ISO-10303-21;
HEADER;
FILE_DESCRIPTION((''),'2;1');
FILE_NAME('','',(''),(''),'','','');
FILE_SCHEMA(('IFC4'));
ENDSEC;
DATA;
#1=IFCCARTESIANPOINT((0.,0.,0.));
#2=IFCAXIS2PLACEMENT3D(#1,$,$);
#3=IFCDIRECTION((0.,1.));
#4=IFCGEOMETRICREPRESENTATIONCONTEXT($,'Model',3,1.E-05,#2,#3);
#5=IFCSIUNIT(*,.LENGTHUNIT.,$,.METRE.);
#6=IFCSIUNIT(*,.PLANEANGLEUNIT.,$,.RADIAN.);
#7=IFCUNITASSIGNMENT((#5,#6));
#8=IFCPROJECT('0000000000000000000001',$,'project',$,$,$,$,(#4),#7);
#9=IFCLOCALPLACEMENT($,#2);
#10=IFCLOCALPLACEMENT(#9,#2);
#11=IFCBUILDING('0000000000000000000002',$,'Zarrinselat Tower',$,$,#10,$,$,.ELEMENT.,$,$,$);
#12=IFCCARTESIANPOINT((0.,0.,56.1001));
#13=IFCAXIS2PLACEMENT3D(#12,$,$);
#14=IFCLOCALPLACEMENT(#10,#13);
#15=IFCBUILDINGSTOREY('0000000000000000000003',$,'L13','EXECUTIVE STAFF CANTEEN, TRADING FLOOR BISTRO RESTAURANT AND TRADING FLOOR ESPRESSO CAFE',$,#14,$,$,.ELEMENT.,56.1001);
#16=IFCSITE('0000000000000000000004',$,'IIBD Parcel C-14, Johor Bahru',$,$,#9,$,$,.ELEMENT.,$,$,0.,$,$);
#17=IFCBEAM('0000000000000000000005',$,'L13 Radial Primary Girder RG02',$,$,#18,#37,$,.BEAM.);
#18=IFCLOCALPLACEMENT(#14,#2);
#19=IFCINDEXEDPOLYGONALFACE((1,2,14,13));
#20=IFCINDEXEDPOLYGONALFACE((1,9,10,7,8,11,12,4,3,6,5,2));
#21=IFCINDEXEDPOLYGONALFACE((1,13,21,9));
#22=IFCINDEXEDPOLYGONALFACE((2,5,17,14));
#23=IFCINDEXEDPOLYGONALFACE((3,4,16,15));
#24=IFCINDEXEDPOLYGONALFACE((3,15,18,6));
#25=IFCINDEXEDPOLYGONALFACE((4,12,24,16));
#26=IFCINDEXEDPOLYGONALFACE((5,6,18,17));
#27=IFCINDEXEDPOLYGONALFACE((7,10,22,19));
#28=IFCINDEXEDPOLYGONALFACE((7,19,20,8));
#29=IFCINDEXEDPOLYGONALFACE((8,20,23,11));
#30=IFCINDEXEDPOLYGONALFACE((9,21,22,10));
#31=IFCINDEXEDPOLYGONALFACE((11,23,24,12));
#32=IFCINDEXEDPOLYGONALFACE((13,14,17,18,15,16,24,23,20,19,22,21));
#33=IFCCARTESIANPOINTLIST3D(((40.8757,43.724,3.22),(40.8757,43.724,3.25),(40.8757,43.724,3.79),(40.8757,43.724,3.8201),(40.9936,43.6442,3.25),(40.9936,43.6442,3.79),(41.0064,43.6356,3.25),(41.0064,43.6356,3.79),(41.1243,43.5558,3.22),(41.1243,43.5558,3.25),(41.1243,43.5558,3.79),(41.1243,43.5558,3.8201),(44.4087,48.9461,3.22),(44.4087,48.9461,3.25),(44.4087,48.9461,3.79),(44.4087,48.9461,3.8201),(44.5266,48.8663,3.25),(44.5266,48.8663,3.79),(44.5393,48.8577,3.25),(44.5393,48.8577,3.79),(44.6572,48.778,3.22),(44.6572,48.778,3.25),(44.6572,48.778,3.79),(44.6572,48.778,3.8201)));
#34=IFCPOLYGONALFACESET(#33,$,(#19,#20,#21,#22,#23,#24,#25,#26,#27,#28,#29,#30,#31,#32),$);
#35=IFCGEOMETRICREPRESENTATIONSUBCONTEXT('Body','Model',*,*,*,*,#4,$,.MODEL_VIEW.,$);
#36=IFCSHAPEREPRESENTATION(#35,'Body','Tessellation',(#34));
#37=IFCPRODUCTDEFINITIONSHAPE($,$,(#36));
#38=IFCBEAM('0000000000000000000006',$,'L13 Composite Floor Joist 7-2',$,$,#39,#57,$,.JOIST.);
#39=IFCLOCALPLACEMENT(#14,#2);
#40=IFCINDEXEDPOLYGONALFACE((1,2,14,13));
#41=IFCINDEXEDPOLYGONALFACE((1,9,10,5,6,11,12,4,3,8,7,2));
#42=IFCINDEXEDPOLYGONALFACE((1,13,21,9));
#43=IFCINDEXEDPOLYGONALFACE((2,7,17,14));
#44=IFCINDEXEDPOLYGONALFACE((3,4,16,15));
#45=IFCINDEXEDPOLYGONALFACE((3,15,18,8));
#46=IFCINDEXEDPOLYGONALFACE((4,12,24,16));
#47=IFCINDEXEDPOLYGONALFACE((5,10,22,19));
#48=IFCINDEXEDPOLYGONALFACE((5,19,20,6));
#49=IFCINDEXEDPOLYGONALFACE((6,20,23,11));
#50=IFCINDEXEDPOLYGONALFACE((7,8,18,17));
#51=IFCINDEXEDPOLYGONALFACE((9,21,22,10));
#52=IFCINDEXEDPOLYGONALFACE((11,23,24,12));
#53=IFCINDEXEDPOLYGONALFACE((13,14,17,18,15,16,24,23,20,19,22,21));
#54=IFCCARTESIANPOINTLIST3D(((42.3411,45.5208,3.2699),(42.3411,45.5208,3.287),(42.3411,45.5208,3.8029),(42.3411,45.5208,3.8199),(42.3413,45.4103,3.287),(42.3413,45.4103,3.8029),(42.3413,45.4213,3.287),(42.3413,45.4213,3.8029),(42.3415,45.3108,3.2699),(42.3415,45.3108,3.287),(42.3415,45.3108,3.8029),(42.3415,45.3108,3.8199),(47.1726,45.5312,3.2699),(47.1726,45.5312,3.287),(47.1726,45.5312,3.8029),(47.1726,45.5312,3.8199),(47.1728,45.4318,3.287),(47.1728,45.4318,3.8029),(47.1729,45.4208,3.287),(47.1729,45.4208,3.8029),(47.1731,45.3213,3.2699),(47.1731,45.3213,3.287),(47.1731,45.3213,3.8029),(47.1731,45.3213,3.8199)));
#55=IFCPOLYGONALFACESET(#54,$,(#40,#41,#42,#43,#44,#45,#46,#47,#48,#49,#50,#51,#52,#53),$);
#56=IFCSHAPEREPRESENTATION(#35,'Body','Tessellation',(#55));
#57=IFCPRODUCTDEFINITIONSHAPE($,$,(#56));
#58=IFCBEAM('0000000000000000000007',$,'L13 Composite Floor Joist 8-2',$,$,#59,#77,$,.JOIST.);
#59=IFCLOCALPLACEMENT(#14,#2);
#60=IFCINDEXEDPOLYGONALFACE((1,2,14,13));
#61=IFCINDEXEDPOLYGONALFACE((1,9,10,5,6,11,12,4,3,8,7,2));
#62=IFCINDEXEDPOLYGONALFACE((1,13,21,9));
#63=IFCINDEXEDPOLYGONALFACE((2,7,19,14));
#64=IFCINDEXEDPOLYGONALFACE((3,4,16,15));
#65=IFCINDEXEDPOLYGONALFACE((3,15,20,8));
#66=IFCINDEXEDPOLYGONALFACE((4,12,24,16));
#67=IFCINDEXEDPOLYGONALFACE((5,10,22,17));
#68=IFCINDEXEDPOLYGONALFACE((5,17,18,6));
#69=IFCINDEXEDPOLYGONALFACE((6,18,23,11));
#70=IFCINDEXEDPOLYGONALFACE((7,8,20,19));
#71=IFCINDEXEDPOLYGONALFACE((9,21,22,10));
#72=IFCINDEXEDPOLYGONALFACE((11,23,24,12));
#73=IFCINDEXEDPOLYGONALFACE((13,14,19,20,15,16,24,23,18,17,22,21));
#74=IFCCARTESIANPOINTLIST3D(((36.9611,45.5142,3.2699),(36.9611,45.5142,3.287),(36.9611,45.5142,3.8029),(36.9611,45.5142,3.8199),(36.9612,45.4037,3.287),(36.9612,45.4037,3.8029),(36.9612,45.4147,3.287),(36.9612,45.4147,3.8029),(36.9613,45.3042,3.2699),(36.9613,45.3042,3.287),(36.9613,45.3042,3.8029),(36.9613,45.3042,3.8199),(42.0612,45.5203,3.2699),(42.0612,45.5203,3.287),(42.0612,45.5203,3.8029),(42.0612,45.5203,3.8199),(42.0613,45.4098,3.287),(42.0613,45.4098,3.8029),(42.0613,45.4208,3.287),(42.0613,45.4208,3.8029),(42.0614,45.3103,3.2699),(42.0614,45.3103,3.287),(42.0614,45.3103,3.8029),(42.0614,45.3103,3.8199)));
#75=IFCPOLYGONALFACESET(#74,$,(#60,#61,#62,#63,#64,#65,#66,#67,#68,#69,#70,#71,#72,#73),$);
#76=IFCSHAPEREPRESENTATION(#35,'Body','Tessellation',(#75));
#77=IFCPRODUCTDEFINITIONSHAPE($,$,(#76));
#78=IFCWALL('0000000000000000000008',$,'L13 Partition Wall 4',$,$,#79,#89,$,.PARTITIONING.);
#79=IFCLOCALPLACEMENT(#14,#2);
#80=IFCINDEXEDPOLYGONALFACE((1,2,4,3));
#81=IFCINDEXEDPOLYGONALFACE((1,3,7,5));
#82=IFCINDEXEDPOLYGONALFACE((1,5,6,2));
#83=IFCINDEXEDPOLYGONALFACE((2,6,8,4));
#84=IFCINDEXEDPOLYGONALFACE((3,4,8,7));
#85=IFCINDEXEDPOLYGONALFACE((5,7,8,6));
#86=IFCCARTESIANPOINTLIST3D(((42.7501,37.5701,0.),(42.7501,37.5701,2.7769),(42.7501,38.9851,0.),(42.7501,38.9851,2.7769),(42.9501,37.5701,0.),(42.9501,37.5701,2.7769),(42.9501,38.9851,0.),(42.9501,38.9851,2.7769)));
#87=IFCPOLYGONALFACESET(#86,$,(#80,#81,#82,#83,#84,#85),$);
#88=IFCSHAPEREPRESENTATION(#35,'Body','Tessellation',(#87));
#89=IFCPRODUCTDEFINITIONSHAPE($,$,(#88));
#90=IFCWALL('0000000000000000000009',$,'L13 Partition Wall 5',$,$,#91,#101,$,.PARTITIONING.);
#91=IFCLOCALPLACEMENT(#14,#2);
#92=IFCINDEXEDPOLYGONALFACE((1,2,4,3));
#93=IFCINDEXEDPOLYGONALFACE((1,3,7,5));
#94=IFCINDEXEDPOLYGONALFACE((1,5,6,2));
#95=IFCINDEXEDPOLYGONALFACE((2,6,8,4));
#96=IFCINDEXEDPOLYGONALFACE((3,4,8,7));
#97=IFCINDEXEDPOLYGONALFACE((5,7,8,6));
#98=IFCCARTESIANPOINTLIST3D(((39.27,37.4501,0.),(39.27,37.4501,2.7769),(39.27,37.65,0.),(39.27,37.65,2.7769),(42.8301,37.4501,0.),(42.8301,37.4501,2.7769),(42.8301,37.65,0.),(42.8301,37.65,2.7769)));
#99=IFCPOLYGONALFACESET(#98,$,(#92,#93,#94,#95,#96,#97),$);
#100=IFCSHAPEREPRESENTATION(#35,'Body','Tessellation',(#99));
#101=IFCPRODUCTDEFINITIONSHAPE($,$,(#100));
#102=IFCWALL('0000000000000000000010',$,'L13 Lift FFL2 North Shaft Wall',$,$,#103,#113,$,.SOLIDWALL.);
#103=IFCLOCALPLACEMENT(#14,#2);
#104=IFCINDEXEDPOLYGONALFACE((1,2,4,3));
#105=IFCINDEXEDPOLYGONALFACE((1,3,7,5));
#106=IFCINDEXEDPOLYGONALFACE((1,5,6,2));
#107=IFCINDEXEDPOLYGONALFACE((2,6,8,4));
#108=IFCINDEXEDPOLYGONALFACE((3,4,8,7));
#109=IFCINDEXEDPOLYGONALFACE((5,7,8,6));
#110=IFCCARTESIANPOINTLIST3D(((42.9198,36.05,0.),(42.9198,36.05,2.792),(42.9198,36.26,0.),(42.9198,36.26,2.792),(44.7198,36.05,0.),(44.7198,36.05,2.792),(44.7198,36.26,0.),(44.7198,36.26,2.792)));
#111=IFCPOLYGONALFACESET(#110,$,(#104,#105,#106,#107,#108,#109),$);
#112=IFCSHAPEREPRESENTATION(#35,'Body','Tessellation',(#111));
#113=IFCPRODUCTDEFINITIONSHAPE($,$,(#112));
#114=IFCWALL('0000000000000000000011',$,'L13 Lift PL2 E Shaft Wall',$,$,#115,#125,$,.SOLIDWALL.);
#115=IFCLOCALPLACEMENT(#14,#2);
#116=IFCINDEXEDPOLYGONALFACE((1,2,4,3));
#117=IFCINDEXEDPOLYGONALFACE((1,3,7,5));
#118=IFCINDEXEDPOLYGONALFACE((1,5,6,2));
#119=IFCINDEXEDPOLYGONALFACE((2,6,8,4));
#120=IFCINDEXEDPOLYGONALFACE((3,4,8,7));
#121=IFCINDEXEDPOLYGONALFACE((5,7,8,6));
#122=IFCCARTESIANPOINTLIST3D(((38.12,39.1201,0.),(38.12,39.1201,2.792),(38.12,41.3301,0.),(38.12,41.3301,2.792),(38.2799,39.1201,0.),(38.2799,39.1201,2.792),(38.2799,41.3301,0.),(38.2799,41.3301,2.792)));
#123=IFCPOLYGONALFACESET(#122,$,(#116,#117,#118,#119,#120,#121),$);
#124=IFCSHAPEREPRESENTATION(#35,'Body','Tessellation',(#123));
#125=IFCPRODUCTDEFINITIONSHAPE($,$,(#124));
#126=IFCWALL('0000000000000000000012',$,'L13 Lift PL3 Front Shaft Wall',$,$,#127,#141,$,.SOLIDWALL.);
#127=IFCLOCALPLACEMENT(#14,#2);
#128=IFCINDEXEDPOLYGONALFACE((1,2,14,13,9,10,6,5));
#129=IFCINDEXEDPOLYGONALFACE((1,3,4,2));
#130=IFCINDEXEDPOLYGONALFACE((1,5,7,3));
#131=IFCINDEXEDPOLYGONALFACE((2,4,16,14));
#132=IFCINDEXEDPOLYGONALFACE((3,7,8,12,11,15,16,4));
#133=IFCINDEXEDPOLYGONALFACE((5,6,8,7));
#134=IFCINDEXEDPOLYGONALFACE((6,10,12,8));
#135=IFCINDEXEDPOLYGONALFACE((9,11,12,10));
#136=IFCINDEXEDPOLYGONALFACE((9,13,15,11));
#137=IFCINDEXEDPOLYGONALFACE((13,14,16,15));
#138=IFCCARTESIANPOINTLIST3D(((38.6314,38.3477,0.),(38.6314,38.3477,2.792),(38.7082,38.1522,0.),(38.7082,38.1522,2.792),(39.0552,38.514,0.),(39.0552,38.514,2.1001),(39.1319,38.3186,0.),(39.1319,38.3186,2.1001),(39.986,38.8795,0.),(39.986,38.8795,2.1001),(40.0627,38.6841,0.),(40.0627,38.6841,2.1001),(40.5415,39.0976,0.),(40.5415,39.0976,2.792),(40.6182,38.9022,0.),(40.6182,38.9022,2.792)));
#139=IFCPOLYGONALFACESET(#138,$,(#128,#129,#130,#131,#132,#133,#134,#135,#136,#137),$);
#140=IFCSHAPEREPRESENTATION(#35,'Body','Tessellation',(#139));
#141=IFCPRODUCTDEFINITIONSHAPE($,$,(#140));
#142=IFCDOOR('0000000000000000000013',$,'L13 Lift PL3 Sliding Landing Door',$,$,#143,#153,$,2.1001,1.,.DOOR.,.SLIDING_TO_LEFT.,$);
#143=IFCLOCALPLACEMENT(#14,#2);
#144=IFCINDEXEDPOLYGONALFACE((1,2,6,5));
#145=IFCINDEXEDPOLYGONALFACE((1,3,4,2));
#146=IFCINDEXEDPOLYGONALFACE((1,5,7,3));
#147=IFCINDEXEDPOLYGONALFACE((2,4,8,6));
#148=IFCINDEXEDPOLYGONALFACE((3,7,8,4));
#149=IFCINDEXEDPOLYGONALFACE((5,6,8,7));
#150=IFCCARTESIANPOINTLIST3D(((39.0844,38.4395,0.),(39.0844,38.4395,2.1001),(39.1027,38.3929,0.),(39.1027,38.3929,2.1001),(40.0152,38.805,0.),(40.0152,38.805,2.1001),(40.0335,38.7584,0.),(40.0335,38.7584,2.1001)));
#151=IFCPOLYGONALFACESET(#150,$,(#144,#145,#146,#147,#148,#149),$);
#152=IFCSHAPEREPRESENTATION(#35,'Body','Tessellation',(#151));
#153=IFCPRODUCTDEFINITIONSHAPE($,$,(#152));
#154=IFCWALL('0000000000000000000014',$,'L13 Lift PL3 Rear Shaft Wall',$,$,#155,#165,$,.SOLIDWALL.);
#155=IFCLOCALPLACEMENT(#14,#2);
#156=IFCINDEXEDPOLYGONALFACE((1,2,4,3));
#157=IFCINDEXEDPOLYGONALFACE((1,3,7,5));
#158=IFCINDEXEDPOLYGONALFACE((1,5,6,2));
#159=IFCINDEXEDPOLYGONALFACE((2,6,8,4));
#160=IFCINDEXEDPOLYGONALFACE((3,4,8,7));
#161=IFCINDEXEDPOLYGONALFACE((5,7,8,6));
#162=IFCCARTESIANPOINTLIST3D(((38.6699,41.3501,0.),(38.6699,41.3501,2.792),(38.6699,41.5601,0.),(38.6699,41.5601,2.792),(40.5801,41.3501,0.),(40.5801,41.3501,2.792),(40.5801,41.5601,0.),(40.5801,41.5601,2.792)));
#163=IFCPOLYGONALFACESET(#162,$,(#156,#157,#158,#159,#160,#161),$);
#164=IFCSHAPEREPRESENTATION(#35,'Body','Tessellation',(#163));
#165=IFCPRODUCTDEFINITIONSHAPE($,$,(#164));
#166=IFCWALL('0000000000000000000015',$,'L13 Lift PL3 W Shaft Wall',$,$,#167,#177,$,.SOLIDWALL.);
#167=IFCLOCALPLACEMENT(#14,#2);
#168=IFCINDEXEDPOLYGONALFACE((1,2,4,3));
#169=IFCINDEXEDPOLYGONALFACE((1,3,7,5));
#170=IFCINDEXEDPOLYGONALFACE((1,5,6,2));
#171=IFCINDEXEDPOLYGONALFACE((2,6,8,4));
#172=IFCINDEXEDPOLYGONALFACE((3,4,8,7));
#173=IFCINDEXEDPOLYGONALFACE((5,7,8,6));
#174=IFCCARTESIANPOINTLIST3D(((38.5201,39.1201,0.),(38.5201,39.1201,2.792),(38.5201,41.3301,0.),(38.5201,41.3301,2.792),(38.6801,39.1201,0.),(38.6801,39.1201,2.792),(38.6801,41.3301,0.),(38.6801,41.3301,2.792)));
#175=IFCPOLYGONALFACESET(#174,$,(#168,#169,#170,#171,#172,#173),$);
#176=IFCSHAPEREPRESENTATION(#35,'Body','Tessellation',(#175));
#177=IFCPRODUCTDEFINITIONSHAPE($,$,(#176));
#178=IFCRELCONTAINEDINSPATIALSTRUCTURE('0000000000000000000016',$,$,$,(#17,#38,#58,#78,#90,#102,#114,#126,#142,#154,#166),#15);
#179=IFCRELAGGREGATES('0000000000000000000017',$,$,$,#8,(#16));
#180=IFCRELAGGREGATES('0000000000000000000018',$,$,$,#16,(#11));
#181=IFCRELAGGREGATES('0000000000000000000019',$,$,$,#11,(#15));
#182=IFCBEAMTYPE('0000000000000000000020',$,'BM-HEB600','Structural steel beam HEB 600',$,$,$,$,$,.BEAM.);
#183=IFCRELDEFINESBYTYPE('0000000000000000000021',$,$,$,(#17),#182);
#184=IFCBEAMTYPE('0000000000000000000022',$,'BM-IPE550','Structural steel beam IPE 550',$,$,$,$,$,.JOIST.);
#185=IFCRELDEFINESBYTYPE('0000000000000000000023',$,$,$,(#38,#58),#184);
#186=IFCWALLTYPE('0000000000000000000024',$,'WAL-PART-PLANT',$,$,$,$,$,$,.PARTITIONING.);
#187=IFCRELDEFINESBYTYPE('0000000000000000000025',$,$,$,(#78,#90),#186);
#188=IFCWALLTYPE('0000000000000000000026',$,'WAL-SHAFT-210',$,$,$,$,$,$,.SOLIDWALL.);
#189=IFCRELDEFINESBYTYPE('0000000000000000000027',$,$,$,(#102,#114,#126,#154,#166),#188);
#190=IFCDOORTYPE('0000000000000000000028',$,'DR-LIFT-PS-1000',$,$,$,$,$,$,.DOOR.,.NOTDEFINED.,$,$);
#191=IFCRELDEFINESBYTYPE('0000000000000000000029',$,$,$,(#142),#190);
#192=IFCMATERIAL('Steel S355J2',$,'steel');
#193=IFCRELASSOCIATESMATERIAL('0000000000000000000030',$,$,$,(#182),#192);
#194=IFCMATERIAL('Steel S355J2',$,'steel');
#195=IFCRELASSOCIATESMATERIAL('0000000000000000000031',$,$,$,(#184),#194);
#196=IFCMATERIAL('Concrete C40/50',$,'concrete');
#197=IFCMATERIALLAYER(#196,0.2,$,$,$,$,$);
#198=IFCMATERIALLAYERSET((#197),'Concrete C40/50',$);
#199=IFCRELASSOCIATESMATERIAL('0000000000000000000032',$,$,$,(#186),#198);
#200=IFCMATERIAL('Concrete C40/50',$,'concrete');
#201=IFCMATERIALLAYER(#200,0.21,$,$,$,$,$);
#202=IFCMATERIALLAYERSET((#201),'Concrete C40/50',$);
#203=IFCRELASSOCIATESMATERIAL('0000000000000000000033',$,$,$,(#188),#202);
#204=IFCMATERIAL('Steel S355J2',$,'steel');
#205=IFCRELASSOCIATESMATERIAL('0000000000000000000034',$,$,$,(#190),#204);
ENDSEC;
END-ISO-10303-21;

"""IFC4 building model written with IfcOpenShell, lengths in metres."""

from ifc_helpers import new_model, si_unit, direction, frame, frame_2d, origin, origin_2d, place, context, subcontext, project, spatial, rectangle, i_section, extrude, material, layer, layer_set, material_profile, profile_set, type_object, element, fill, save


model = new_model("IFC4")

# Units and contexts
model_context = context("Model", 3, precision=1e-05, world=origin(), true_north=direction((0.0, 1.0)))
body_context = subcontext(model_context, "Body", "Model", "MODEL_VIEW")
ifc_project = project(units=[si_unit("LENGTHUNIT", "METRE"), si_unit("PLANEANGLEUNIT", "RADIAN")], contexts=[model_context])

# Site, building, storey
site_placement = place(None, origin())
site = spatial("IfcSite", under=ifc_project, at=site_placement, Name="IIBD Parcel C-14, Johor Bahru", CompositionType="ELEMENT", RefElevation=0.0)
building_placement = place(site_placement, origin())
building = spatial("IfcBuilding", under=site, at=building_placement, Name="Zarrinselat Tower", CompositionType="ELEMENT")
storey_placement = place(building_placement, frame((0.0, 0.0, 56.1001)))
storey = spatial("IfcBuildingStorey", under=building, at=storey_placement, Name="L13", Description="EXECUTIVE STAFF CANTEEN, TRADING FLOOR BISTRO RESTAURANT AND TRADING FLOOR ESPRESSO CAFE", CompositionType="ELEMENT", Elevation=56.1001)

# Beams
ifc_material_1 = material(Name="Steel S355J2", Category="steel")
ifc_material_profile_1 = material_profile(ifc_material_1, i_section(OverallWidth=0.3, OverallDepth=0.6001, WebThickness=0.0154, FlangeThickness=0.03, at=origin_2d()), Name="HEB 600")
ifc_profile_set_1 = profile_set([ifc_material_profile_1], Name="Steel S355J2")
beam_type_1 = type_object("IfcBeamType", Name="BM-HEB600", Description="Structural steel beam HEB 600", PredefinedType="BEAM", material=ifc_profile_set_1)
beam_1_placement = place(storey_placement, frame((41.0, 43.6399, 3.52), z_axis=(0.560344, 0.82826, 0.0), x_axis=(-0.82826, 0.560344, 0.0)))
element("IfcBeam", 1, at=beam_1_placement, inside=storey, type_object=beam_type_1, Name="L13 Radial Primary Girder RG02", PredefinedType="BEAM", context=body_context, shape_type="SweptSolid", body=[
    extrude(i_section(OverallWidth=0.3, OverallDepth=0.6001, WebThickness=0.0154, FlangeThickness=0.03, at=origin_2d()), origin(), (0.0, 0.0, 1.0), 6.3049),
])
ifc_material_2 = material(Name="Steel S355J2", Category="steel")
ifc_material_profile_2 = material_profile(ifc_material_2, i_section(OverallWidth=0.21, OverallDepth=0.55, WebThickness=0.011, FlangeThickness=0.0171, at=origin_2d()), Name="IPE 550")
ifc_profile_set_2 = profile_set([ifc_material_profile_2], Name="Steel S355J2")
beam_type_2 = type_object("IfcBeamType", Name="BM-IPE550", Description="Structural steel beam IPE 550", PredefinedType="JOIST", material=ifc_profile_set_2)
beam_2_placement = place(storey_placement, frame((42.3413, 45.4158, 3.5449), z_axis=(0.999998, 0.002173, 0.0), x_axis=(-0.002173, 0.999998, 0.0)))
element("IfcBeam", 2, at=beam_2_placement, inside=storey, type_object=beam_type_2, Name="L13 Composite Floor Joist 7-2", PredefinedType="JOIST", context=body_context, shape_type="SweptSolid", body=[
    extrude(i_section(OverallWidth=0.21, OverallDepth=0.55, WebThickness=0.011, FlangeThickness=0.0171, at=origin_2d()), origin(), (0.0, 0.0, 1.0), 4.8315),
])
beam_3_placement = place(storey_placement, frame((36.9612, 45.4092, 3.5449), z_axis=(0.999999, 0.001197, 0.0), x_axis=(-0.001197, 0.999999, 0.0)))
element("IfcBeam", 3, at=beam_3_placement, inside=storey, type_object=beam_type_2, Name="L13 Composite Floor Joist 8-2", PredefinedType="JOIST", context=body_context, shape_type="SweptSolid", body=[
    extrude(i_section(OverallWidth=0.21, OverallDepth=0.55, WebThickness=0.011, FlangeThickness=0.0171, at=origin_2d()), origin(), (0.0, 0.0, 1.0), 5.1001),
])

# Walls
ifc_material_3 = material(Name="Concrete C40/50", Category="concrete")
ifc_layer_1 = layer(ifc_material_3, 0.2)
ifc_layer_set_1 = layer_set([ifc_layer_1], Name="Concrete C40/50")
wall_type_1 = type_object("IfcWallType", Name="WAL-PART-PLANT", PredefinedType="PARTITIONING", material=ifc_layer_set_1)
wall_1_placement = place(storey_placement, frame((42.8501, 37.5701, 0.0), z_axis=(0.0, 0.0, 1.0), x_axis=(0.0, 1.0, 0.0)))
element("IfcWall", 4, at=wall_1_placement, inside=storey, type_object=wall_type_1, Name="L13 Partition Wall 4", PredefinedType="PARTITIONING", context=body_context, shape_type="SweptSolid", body=[
    extrude(rectangle(XDim=1.415, YDim=0.2, at=frame_2d((0.7075, 0.0))), origin(), (0.0, 0.0, 1.0), 2.7769),
])
wall_2_placement = place(storey_placement, frame((39.27, 37.55, 0.0), z_axis=(0.0, 0.0, 1.0), x_axis=(1.0, 0.0, 0.0)))
element("IfcWall", 5, at=wall_2_placement, inside=storey, type_object=wall_type_1, Name="L13 Partition Wall 5", PredefinedType="PARTITIONING", context=body_context, shape_type="SweptSolid", body=[
    extrude(rectangle(XDim=3.5601, YDim=0.2, at=frame_2d((1.78, 0.0))), origin(), (0.0, 0.0, 1.0), 2.7769),
])
ifc_material_4 = material(Name="Concrete C40/50", Category="concrete")
ifc_layer_2 = layer(ifc_material_4, 0.21)
ifc_layer_set_2 = layer_set([ifc_layer_2], Name="Concrete C40/50")
wall_type_2 = type_object("IfcWallType", Name="WAL-SHAFT-210", PredefinedType="SOLIDWALL", material=ifc_layer_set_2)
wall_3_placement = place(storey_placement, frame((42.9199, 36.155, 0.0), z_axis=(0.0, 0.0, 1.0), x_axis=(1.0, 0.0, 0.0)))
element("IfcWall", 6, at=wall_3_placement, inside=storey, type_object=wall_type_2, Name="L13 Lift FFL2 North Shaft Wall", PredefinedType="SOLIDWALL", context=body_context, shape_type="SweptSolid", body=[
    extrude(rectangle(XDim=1.8, YDim=0.21, at=frame_2d((0.8999, 0.0))), origin(), (0.0, 0.0, 1.0), 2.792),
])
wall_4_placement = place(storey_placement, frame((38.2, 39.1201, 0.0), z_axis=(0.0, 0.0, 1.0), x_axis=(0.0, 1.0, 0.0)))
element("IfcWall", 7, at=wall_4_placement, inside=storey, type_object=wall_type_2, Name="L13 Lift PL2 E Shaft Wall", PredefinedType="SOLIDWALL", context=body_context, shape_type="SweptSolid", body=[
    extrude(rectangle(XDim=2.21, YDim=0.1599, at=frame_2d((1.105, 0.0))), origin(), (0.0, 0.0, 1.0), 2.792),
])

# Wall, opening, door
wall_5_placement = place(storey_placement, frame((38.6699, 38.25, 0.0), z_axis=(0.0, 0.0, 1.0), x_axis=(0.930821, 0.365476, 0.0)))
wall_5 = element("IfcWall", 8, at=wall_5_placement, inside=storey, type_object=wall_type_2, Name="L13 Lift PL3 Front Shaft Wall", PredefinedType="SOLIDWALL", context=body_context, shape_type="SweptSolid", body=[
    extrude(rectangle(XDim=2.052, YDim=0.21, at=frame_2d((1.0259, 0.0))), origin(), (0.0, 0.0, 1.0), 2.792),
])
opening_1_placement = place(wall_5_placement, frame((0.4551, 0.0, 0.0)))
opening_1 = element("IfcOpeningElement", 9, at=opening_1_placement, cuts=wall_5, PredefinedType="OPENING", context=body_context, shape_type="SweptSolid", body=[
    extrude(rectangle(XDim=1.0, YDim=2.1001, at=frame_2d((0.5, 1.05))), frame((0.0, 0.115, 0.0), z_axis=(0.0, -1.0, 0.0), x_axis=(1.0, 0.0, 0.0)), (0.0, 0.0, 1.0), 0.23),
])
ifc_material_5 = material(Name="Steel S355J2", Category="steel")
door_type = type_object("IfcDoorType", Name="DR-LIFT-PS-1000", OperationType="NOTDEFINED", PredefinedType="DOOR", material=ifc_material_5)
door_1_placement = place(opening_1_placement, origin())
door_1 = element("IfcDoor", 10, at=door_1_placement, inside=storey, type_object=door_type, Name="L13 Lift PL3 Sliding Landing Door", OperationType="SLIDING_TO_LEFT", OverallHeight=2.1001, OverallWidth=1.0, PredefinedType="DOOR", context=body_context, shape_type="SweptSolid", body=[
    extrude(rectangle(XDim=1.0, YDim=2.1001, at=frame_2d((0.5, 1.05))), frame((0.0, 0.0249, 0.0), z_axis=(0.0, -1.0, 0.0), x_axis=(1.0, 0.0, 0.0)), (0.0, 0.0, 1.0), 0.05),
])
fill(opening_1, door_1)

# Walls
wall_6_placement = place(storey_placement, frame((38.6699, 41.4551, 0.0), z_axis=(0.0, 0.0, 1.0), x_axis=(1.0, 0.0, 0.0)))
element("IfcWall", 11, at=wall_6_placement, inside=storey, type_object=wall_type_2, Name="L13 Lift PL3 Rear Shaft Wall", PredefinedType="SOLIDWALL", context=body_context, shape_type="SweptSolid", body=[
    extrude(rectangle(XDim=1.9102, YDim=0.21, at=frame_2d((0.9551, 0.0))), origin(), (0.0, 0.0, 1.0), 2.792),
])
for number, where, z_axis, x_axis, name in (
    (12, (38.6001, 39.1201, 0.0), (0.0, 0.0, 1.0), (0.0, 1.0, 0.0), "L13 Lift PL3 W Shaft Wall"),
):
    element("IfcWall", number, at=place(storey_placement, frame(where, z_axis=z_axis, x_axis=x_axis)), inside=storey, type_object=wall_type_2, Name=name, PredefinedType="SOLIDWALL", context=body_context, shape_type="SweptSolid", body=[
        extrude(rectangle(XDim=2.21, YDim=0.1599, at=frame_2d((1.105, 0.0))), origin(), (0.0, 0.0, 1.0), 2.792),
    ])

save(model, "model.ifc")
